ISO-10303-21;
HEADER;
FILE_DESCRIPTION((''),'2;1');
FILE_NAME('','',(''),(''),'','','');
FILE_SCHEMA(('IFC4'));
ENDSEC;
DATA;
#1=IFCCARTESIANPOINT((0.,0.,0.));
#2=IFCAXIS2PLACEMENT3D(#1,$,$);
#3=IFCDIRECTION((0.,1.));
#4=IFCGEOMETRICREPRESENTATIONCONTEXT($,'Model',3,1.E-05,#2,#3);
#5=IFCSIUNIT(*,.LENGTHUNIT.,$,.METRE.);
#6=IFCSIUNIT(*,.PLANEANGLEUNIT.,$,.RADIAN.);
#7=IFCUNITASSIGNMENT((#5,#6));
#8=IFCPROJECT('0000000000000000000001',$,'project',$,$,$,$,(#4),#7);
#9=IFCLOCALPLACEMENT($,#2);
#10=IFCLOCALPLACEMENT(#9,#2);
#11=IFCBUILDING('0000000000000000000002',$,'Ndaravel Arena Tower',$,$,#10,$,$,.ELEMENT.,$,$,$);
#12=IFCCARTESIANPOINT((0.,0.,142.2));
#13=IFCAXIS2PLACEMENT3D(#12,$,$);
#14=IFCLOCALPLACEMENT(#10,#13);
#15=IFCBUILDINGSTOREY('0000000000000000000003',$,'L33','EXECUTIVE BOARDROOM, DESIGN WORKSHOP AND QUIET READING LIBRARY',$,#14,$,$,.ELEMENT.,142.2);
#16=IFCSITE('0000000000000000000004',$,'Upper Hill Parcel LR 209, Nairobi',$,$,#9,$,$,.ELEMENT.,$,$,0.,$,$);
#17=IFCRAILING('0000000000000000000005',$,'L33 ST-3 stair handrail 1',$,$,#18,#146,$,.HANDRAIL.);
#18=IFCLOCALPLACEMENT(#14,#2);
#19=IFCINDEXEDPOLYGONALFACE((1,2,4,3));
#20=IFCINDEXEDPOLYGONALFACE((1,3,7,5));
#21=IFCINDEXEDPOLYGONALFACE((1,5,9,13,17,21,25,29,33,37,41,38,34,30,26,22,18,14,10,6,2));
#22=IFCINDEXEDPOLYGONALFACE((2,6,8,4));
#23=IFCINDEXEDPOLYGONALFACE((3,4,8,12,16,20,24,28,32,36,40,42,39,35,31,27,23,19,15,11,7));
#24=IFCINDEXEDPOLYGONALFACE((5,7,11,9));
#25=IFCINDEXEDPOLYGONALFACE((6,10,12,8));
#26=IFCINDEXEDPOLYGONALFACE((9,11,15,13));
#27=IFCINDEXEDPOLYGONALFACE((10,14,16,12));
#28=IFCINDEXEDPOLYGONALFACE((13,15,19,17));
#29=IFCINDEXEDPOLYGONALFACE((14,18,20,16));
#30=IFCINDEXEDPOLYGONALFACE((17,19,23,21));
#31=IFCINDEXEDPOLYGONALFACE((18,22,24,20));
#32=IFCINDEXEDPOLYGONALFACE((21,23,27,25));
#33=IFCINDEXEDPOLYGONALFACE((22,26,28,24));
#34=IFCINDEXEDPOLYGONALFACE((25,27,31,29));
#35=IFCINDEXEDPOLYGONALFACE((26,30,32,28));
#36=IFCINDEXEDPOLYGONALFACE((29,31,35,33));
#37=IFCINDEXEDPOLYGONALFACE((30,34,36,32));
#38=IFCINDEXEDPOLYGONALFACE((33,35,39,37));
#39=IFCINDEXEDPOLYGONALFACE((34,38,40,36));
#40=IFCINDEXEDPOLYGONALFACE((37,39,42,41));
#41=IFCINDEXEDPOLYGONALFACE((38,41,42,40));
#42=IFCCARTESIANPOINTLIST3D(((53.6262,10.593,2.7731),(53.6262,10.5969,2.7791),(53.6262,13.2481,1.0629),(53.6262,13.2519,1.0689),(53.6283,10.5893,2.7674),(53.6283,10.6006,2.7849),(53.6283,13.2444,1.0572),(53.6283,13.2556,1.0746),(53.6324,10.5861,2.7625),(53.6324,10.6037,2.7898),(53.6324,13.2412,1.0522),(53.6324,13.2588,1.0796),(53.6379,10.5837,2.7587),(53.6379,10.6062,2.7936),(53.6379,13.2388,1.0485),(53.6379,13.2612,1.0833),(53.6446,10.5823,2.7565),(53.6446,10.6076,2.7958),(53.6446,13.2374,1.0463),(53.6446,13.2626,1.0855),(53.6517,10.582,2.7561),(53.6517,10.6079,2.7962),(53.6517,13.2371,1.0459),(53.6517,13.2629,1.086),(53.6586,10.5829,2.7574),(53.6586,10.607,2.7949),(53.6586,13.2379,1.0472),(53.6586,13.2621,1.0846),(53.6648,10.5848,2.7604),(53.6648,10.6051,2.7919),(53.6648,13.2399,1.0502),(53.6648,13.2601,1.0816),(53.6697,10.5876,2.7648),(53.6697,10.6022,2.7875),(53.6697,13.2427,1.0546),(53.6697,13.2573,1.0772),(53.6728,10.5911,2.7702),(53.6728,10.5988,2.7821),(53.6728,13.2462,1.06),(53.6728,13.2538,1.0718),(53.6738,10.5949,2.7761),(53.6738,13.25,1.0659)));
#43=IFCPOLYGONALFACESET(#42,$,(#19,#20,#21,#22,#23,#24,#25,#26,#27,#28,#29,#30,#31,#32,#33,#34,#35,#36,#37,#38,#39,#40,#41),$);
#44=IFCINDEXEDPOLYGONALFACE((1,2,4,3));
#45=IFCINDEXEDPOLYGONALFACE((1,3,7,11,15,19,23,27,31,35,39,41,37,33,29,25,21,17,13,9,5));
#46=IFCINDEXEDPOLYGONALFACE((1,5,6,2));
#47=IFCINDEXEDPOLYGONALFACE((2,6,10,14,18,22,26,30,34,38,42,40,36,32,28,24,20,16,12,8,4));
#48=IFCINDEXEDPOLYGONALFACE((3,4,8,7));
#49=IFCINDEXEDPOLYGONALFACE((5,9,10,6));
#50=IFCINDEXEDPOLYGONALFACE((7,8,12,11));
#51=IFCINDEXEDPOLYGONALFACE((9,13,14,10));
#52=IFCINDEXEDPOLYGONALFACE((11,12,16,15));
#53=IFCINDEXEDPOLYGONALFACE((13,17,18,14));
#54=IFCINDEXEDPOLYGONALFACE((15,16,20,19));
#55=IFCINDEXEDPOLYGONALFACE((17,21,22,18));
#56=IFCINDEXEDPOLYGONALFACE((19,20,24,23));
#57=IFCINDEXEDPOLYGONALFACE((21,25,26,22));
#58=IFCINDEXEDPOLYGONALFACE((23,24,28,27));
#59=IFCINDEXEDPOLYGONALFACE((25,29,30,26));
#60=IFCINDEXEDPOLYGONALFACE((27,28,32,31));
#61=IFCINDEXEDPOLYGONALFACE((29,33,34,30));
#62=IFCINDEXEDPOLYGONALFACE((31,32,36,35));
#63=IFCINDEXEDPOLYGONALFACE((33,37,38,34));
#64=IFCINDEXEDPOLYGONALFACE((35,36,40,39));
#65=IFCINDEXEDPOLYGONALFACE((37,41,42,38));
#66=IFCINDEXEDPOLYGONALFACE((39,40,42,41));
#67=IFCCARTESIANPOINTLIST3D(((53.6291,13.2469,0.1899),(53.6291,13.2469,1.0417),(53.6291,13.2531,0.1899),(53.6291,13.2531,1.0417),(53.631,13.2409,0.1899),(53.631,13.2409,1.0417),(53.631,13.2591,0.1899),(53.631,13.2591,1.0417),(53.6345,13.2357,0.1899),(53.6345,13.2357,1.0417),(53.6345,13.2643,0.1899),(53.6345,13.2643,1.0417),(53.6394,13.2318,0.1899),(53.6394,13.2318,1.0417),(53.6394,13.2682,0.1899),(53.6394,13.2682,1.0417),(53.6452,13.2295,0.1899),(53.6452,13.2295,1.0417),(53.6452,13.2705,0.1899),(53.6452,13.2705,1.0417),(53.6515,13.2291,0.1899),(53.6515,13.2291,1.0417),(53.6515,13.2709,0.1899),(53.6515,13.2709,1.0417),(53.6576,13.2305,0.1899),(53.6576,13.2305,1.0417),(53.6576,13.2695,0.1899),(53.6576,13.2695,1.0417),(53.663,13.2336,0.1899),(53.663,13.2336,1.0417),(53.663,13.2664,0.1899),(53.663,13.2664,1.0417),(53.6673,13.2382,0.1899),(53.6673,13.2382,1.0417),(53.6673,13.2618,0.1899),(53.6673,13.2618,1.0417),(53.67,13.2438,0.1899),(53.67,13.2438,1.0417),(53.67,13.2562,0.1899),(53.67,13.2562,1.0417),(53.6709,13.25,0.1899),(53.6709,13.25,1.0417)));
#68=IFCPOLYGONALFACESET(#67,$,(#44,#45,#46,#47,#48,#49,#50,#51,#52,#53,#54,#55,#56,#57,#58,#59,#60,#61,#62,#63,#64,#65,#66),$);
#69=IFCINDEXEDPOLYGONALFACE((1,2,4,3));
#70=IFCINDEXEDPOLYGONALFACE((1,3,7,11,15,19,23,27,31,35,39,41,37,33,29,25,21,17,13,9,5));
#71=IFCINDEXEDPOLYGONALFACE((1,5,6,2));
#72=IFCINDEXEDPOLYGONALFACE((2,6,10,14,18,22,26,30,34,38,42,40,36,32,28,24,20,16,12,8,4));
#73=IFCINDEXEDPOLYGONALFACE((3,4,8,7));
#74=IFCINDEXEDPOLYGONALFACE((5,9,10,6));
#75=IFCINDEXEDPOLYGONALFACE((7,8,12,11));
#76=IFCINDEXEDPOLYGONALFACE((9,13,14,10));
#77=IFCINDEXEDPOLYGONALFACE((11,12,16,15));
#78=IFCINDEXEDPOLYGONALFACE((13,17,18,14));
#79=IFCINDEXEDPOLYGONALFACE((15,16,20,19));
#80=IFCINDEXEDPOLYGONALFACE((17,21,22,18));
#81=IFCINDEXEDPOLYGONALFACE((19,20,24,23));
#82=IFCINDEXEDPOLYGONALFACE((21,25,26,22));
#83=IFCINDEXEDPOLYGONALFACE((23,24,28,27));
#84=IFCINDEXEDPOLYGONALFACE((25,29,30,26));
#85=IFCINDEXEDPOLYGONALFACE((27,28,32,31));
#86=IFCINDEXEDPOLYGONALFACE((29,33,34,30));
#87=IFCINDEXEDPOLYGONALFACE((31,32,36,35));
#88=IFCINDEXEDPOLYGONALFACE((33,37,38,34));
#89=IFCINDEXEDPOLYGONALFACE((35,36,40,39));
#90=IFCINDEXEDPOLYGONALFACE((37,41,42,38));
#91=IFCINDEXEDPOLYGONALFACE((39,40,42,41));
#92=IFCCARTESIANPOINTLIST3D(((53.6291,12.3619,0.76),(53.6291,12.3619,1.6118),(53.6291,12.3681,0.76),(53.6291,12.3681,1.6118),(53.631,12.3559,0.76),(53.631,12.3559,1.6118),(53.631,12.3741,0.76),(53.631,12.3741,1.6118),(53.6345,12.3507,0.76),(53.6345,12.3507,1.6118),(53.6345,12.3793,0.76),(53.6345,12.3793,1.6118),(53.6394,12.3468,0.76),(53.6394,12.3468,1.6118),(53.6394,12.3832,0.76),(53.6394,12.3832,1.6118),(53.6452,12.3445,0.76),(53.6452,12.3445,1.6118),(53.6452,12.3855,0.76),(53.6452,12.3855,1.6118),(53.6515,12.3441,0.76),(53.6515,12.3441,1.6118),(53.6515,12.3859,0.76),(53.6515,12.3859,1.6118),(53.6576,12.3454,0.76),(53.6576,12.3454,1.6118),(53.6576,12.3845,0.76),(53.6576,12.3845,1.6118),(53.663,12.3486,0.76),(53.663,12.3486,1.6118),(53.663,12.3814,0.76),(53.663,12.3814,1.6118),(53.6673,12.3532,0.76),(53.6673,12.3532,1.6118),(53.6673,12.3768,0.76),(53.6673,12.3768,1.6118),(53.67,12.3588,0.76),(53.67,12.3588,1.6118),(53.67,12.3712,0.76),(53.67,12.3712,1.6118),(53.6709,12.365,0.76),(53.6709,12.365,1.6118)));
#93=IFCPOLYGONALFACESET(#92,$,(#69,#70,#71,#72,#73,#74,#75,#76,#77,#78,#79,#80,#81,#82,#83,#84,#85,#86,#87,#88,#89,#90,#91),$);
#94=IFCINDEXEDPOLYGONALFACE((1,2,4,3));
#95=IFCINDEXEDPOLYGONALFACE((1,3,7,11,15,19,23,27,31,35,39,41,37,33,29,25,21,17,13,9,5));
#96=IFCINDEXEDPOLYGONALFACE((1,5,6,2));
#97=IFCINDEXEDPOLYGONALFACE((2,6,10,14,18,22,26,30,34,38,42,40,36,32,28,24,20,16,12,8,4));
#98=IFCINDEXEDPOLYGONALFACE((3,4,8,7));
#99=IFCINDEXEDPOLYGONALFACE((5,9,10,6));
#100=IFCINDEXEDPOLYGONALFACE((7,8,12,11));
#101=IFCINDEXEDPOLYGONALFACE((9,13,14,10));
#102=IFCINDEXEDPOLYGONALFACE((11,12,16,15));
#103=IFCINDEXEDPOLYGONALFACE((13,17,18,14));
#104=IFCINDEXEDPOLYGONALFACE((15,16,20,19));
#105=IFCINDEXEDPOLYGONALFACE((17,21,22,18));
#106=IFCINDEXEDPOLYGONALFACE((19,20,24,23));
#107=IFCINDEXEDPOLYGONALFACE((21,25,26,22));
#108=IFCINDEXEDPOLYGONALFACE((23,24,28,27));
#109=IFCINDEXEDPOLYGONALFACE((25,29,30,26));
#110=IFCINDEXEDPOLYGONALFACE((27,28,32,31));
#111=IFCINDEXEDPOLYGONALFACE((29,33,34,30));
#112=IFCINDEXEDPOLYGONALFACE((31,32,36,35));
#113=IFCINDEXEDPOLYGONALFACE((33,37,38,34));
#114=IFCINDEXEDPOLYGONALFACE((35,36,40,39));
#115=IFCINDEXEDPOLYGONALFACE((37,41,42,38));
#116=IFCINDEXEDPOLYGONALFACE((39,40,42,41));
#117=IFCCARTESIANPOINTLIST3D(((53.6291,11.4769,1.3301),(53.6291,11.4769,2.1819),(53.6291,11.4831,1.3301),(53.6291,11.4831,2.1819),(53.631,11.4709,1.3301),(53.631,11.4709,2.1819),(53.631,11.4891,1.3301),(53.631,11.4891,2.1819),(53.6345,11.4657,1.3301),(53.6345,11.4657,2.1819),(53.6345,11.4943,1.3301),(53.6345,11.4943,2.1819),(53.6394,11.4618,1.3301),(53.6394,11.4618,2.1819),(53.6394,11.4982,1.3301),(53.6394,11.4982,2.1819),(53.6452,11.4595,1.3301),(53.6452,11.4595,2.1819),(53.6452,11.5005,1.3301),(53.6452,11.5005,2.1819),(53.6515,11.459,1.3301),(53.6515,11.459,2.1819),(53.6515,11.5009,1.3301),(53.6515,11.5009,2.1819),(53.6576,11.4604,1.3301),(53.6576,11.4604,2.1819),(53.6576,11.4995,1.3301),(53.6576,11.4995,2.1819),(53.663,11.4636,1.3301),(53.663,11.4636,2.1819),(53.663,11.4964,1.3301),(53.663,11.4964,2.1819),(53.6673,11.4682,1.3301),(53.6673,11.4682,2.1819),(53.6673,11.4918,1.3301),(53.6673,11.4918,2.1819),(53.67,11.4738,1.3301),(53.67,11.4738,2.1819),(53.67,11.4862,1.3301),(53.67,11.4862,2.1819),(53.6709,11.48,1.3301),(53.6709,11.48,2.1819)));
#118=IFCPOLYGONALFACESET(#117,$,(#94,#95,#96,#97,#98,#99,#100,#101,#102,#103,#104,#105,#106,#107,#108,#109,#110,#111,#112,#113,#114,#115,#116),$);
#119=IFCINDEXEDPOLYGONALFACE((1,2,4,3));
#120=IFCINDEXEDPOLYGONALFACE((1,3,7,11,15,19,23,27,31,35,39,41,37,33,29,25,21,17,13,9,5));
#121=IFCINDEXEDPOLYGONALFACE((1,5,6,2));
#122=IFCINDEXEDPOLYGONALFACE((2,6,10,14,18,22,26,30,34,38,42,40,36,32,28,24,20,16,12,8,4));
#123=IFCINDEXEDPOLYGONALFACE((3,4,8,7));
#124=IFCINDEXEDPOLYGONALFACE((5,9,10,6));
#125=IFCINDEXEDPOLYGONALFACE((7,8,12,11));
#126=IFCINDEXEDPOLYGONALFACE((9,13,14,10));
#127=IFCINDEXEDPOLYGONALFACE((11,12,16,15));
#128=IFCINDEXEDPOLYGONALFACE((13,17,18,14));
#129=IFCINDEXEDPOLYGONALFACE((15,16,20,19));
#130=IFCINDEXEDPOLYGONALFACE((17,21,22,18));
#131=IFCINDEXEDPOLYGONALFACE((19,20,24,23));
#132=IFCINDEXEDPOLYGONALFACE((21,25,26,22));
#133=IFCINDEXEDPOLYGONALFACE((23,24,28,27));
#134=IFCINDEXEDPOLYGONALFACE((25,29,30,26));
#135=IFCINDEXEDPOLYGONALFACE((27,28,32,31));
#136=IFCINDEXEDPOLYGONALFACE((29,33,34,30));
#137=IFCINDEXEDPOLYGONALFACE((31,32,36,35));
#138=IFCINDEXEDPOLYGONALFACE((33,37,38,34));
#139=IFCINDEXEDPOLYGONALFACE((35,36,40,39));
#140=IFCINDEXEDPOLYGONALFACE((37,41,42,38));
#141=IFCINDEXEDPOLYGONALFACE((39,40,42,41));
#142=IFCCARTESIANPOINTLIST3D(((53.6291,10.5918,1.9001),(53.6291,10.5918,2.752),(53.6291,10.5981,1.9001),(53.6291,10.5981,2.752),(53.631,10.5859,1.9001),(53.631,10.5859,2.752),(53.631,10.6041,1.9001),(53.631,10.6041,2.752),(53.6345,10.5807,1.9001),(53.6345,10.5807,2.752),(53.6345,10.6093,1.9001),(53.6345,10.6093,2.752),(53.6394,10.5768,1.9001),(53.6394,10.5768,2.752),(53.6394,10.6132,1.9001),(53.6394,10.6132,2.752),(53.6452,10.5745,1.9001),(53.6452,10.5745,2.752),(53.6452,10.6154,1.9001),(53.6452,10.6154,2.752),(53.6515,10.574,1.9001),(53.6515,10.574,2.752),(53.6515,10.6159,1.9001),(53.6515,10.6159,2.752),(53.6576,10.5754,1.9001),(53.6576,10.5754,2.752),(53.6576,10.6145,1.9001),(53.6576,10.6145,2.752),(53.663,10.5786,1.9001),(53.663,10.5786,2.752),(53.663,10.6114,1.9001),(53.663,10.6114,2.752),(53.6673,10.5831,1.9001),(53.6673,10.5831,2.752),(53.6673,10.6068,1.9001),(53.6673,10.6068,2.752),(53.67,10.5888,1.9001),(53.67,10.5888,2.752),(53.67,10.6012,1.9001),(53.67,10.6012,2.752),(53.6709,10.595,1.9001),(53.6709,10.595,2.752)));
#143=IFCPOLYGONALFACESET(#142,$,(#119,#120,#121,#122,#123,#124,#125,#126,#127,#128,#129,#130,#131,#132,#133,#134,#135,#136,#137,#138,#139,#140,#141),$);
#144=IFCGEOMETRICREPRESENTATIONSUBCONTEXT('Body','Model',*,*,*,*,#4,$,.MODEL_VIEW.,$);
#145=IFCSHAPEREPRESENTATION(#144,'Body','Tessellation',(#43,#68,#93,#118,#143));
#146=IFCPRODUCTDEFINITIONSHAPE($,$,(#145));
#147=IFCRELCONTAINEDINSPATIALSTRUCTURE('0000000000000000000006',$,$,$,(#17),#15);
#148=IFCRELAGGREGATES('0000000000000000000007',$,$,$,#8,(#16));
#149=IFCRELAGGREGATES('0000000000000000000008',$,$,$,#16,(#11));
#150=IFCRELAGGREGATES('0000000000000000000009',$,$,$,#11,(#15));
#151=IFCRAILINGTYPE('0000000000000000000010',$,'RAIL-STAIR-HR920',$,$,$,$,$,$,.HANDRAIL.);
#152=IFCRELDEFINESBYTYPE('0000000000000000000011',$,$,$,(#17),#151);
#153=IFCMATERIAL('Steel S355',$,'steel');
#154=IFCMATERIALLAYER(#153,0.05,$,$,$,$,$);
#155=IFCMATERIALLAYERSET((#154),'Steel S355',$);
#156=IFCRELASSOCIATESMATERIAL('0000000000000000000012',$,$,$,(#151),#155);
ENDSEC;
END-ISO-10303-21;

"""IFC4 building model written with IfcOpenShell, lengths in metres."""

from ifc_helpers import new_model, si_unit, direction, frame, origin, origin_2d, place, context, subcontext, project, spatial, circle, extrude, material, layer, layer_set, type_object, element, save


model = new_model("IFC4")

# Units and contexts
model_context = context("Model", 3, precision=1e-05, world=origin(), true_north=direction((0.0, 1.0)))
body_context = subcontext(model_context, "Body", "Model", "MODEL_VIEW")
ifc_project = project(units=[si_unit("LENGTHUNIT", "METRE"), si_unit("PLANEANGLEUNIT", "RADIAN")], contexts=[model_context])

# Site, building, storey
site_placement = place(None, origin())
site = spatial("IfcSite", under=ifc_project, at=site_placement, Name="Upper Hill Parcel LR 209, Nairobi", CompositionType="ELEMENT", RefElevation=0.0)
building_placement = place(site_placement, origin())
building = spatial("IfcBuilding", under=site, at=building_placement, Name="Ndaravel Arena Tower", CompositionType="ELEMENT")
storey_placement = place(building_placement, frame((0.0, 0.0, 142.2)))
storey = spatial("IfcBuildingStorey", under=building, at=storey_placement, Name="L33", Description="EXECUTIVE BOARDROOM, DESIGN WORKSHOP AND QUIET READING LIBRARY", CompositionType="ELEMENT", Elevation=142.2)

# Railing
ifc_material_1 = material(Name="Steel S355", Category="steel")
ifc_layer_1 = layer(ifc_material_1, 0.05)
ifc_layer_set_1 = layer_set([ifc_layer_1], Name="Steel S355")
railing_type_1 = type_object("IfcRailingType", Name="RAIL-STAIR-HR920", PredefinedType="HANDRAIL", material=ifc_layer_set_1)
railing_1_placement = place(storey_placement, frame((53.6499, 13.25, 0.1899)))
element("IfcRailing", 1, at=railing_1_placement, inside=storey, type_object=railing_type_1, Name="L33 ST-3 stair handrail 1", PredefinedType="HANDRAIL", context=body_context, shape_type="SweptSolid", body=[
    extrude(circle(Radius=0.0239, at=origin_2d()), frame((0.0, 0.0, 0.876), z_axis=(0.0, -0.840688, 0.541519), x_axis=(1.0, 0.0, 0.0)), (0.0, 0.0, 1.0), 3.1582),
    extrude(circle(Radius=0.021, at=origin_2d()), origin(), (0.0, 0.0, 1.0), 0.8518),
    extrude(circle(Radius=0.021, at=origin_2d()), frame((0.0, -0.885, 0.5701)), (0.0, 0.0, 1.0), 0.8518),
    extrude(circle(Radius=0.021, at=origin_2d()), frame((0.0, -1.77, 1.1401)), (0.0, 0.0, 1.0), 0.8518),
    extrude(circle(Radius=0.021, at=origin_2d()), frame((0.0, -2.655, 1.7102)), (0.0, 0.0, 1.0), 0.8518),
])

save(model, "model.ifc")
